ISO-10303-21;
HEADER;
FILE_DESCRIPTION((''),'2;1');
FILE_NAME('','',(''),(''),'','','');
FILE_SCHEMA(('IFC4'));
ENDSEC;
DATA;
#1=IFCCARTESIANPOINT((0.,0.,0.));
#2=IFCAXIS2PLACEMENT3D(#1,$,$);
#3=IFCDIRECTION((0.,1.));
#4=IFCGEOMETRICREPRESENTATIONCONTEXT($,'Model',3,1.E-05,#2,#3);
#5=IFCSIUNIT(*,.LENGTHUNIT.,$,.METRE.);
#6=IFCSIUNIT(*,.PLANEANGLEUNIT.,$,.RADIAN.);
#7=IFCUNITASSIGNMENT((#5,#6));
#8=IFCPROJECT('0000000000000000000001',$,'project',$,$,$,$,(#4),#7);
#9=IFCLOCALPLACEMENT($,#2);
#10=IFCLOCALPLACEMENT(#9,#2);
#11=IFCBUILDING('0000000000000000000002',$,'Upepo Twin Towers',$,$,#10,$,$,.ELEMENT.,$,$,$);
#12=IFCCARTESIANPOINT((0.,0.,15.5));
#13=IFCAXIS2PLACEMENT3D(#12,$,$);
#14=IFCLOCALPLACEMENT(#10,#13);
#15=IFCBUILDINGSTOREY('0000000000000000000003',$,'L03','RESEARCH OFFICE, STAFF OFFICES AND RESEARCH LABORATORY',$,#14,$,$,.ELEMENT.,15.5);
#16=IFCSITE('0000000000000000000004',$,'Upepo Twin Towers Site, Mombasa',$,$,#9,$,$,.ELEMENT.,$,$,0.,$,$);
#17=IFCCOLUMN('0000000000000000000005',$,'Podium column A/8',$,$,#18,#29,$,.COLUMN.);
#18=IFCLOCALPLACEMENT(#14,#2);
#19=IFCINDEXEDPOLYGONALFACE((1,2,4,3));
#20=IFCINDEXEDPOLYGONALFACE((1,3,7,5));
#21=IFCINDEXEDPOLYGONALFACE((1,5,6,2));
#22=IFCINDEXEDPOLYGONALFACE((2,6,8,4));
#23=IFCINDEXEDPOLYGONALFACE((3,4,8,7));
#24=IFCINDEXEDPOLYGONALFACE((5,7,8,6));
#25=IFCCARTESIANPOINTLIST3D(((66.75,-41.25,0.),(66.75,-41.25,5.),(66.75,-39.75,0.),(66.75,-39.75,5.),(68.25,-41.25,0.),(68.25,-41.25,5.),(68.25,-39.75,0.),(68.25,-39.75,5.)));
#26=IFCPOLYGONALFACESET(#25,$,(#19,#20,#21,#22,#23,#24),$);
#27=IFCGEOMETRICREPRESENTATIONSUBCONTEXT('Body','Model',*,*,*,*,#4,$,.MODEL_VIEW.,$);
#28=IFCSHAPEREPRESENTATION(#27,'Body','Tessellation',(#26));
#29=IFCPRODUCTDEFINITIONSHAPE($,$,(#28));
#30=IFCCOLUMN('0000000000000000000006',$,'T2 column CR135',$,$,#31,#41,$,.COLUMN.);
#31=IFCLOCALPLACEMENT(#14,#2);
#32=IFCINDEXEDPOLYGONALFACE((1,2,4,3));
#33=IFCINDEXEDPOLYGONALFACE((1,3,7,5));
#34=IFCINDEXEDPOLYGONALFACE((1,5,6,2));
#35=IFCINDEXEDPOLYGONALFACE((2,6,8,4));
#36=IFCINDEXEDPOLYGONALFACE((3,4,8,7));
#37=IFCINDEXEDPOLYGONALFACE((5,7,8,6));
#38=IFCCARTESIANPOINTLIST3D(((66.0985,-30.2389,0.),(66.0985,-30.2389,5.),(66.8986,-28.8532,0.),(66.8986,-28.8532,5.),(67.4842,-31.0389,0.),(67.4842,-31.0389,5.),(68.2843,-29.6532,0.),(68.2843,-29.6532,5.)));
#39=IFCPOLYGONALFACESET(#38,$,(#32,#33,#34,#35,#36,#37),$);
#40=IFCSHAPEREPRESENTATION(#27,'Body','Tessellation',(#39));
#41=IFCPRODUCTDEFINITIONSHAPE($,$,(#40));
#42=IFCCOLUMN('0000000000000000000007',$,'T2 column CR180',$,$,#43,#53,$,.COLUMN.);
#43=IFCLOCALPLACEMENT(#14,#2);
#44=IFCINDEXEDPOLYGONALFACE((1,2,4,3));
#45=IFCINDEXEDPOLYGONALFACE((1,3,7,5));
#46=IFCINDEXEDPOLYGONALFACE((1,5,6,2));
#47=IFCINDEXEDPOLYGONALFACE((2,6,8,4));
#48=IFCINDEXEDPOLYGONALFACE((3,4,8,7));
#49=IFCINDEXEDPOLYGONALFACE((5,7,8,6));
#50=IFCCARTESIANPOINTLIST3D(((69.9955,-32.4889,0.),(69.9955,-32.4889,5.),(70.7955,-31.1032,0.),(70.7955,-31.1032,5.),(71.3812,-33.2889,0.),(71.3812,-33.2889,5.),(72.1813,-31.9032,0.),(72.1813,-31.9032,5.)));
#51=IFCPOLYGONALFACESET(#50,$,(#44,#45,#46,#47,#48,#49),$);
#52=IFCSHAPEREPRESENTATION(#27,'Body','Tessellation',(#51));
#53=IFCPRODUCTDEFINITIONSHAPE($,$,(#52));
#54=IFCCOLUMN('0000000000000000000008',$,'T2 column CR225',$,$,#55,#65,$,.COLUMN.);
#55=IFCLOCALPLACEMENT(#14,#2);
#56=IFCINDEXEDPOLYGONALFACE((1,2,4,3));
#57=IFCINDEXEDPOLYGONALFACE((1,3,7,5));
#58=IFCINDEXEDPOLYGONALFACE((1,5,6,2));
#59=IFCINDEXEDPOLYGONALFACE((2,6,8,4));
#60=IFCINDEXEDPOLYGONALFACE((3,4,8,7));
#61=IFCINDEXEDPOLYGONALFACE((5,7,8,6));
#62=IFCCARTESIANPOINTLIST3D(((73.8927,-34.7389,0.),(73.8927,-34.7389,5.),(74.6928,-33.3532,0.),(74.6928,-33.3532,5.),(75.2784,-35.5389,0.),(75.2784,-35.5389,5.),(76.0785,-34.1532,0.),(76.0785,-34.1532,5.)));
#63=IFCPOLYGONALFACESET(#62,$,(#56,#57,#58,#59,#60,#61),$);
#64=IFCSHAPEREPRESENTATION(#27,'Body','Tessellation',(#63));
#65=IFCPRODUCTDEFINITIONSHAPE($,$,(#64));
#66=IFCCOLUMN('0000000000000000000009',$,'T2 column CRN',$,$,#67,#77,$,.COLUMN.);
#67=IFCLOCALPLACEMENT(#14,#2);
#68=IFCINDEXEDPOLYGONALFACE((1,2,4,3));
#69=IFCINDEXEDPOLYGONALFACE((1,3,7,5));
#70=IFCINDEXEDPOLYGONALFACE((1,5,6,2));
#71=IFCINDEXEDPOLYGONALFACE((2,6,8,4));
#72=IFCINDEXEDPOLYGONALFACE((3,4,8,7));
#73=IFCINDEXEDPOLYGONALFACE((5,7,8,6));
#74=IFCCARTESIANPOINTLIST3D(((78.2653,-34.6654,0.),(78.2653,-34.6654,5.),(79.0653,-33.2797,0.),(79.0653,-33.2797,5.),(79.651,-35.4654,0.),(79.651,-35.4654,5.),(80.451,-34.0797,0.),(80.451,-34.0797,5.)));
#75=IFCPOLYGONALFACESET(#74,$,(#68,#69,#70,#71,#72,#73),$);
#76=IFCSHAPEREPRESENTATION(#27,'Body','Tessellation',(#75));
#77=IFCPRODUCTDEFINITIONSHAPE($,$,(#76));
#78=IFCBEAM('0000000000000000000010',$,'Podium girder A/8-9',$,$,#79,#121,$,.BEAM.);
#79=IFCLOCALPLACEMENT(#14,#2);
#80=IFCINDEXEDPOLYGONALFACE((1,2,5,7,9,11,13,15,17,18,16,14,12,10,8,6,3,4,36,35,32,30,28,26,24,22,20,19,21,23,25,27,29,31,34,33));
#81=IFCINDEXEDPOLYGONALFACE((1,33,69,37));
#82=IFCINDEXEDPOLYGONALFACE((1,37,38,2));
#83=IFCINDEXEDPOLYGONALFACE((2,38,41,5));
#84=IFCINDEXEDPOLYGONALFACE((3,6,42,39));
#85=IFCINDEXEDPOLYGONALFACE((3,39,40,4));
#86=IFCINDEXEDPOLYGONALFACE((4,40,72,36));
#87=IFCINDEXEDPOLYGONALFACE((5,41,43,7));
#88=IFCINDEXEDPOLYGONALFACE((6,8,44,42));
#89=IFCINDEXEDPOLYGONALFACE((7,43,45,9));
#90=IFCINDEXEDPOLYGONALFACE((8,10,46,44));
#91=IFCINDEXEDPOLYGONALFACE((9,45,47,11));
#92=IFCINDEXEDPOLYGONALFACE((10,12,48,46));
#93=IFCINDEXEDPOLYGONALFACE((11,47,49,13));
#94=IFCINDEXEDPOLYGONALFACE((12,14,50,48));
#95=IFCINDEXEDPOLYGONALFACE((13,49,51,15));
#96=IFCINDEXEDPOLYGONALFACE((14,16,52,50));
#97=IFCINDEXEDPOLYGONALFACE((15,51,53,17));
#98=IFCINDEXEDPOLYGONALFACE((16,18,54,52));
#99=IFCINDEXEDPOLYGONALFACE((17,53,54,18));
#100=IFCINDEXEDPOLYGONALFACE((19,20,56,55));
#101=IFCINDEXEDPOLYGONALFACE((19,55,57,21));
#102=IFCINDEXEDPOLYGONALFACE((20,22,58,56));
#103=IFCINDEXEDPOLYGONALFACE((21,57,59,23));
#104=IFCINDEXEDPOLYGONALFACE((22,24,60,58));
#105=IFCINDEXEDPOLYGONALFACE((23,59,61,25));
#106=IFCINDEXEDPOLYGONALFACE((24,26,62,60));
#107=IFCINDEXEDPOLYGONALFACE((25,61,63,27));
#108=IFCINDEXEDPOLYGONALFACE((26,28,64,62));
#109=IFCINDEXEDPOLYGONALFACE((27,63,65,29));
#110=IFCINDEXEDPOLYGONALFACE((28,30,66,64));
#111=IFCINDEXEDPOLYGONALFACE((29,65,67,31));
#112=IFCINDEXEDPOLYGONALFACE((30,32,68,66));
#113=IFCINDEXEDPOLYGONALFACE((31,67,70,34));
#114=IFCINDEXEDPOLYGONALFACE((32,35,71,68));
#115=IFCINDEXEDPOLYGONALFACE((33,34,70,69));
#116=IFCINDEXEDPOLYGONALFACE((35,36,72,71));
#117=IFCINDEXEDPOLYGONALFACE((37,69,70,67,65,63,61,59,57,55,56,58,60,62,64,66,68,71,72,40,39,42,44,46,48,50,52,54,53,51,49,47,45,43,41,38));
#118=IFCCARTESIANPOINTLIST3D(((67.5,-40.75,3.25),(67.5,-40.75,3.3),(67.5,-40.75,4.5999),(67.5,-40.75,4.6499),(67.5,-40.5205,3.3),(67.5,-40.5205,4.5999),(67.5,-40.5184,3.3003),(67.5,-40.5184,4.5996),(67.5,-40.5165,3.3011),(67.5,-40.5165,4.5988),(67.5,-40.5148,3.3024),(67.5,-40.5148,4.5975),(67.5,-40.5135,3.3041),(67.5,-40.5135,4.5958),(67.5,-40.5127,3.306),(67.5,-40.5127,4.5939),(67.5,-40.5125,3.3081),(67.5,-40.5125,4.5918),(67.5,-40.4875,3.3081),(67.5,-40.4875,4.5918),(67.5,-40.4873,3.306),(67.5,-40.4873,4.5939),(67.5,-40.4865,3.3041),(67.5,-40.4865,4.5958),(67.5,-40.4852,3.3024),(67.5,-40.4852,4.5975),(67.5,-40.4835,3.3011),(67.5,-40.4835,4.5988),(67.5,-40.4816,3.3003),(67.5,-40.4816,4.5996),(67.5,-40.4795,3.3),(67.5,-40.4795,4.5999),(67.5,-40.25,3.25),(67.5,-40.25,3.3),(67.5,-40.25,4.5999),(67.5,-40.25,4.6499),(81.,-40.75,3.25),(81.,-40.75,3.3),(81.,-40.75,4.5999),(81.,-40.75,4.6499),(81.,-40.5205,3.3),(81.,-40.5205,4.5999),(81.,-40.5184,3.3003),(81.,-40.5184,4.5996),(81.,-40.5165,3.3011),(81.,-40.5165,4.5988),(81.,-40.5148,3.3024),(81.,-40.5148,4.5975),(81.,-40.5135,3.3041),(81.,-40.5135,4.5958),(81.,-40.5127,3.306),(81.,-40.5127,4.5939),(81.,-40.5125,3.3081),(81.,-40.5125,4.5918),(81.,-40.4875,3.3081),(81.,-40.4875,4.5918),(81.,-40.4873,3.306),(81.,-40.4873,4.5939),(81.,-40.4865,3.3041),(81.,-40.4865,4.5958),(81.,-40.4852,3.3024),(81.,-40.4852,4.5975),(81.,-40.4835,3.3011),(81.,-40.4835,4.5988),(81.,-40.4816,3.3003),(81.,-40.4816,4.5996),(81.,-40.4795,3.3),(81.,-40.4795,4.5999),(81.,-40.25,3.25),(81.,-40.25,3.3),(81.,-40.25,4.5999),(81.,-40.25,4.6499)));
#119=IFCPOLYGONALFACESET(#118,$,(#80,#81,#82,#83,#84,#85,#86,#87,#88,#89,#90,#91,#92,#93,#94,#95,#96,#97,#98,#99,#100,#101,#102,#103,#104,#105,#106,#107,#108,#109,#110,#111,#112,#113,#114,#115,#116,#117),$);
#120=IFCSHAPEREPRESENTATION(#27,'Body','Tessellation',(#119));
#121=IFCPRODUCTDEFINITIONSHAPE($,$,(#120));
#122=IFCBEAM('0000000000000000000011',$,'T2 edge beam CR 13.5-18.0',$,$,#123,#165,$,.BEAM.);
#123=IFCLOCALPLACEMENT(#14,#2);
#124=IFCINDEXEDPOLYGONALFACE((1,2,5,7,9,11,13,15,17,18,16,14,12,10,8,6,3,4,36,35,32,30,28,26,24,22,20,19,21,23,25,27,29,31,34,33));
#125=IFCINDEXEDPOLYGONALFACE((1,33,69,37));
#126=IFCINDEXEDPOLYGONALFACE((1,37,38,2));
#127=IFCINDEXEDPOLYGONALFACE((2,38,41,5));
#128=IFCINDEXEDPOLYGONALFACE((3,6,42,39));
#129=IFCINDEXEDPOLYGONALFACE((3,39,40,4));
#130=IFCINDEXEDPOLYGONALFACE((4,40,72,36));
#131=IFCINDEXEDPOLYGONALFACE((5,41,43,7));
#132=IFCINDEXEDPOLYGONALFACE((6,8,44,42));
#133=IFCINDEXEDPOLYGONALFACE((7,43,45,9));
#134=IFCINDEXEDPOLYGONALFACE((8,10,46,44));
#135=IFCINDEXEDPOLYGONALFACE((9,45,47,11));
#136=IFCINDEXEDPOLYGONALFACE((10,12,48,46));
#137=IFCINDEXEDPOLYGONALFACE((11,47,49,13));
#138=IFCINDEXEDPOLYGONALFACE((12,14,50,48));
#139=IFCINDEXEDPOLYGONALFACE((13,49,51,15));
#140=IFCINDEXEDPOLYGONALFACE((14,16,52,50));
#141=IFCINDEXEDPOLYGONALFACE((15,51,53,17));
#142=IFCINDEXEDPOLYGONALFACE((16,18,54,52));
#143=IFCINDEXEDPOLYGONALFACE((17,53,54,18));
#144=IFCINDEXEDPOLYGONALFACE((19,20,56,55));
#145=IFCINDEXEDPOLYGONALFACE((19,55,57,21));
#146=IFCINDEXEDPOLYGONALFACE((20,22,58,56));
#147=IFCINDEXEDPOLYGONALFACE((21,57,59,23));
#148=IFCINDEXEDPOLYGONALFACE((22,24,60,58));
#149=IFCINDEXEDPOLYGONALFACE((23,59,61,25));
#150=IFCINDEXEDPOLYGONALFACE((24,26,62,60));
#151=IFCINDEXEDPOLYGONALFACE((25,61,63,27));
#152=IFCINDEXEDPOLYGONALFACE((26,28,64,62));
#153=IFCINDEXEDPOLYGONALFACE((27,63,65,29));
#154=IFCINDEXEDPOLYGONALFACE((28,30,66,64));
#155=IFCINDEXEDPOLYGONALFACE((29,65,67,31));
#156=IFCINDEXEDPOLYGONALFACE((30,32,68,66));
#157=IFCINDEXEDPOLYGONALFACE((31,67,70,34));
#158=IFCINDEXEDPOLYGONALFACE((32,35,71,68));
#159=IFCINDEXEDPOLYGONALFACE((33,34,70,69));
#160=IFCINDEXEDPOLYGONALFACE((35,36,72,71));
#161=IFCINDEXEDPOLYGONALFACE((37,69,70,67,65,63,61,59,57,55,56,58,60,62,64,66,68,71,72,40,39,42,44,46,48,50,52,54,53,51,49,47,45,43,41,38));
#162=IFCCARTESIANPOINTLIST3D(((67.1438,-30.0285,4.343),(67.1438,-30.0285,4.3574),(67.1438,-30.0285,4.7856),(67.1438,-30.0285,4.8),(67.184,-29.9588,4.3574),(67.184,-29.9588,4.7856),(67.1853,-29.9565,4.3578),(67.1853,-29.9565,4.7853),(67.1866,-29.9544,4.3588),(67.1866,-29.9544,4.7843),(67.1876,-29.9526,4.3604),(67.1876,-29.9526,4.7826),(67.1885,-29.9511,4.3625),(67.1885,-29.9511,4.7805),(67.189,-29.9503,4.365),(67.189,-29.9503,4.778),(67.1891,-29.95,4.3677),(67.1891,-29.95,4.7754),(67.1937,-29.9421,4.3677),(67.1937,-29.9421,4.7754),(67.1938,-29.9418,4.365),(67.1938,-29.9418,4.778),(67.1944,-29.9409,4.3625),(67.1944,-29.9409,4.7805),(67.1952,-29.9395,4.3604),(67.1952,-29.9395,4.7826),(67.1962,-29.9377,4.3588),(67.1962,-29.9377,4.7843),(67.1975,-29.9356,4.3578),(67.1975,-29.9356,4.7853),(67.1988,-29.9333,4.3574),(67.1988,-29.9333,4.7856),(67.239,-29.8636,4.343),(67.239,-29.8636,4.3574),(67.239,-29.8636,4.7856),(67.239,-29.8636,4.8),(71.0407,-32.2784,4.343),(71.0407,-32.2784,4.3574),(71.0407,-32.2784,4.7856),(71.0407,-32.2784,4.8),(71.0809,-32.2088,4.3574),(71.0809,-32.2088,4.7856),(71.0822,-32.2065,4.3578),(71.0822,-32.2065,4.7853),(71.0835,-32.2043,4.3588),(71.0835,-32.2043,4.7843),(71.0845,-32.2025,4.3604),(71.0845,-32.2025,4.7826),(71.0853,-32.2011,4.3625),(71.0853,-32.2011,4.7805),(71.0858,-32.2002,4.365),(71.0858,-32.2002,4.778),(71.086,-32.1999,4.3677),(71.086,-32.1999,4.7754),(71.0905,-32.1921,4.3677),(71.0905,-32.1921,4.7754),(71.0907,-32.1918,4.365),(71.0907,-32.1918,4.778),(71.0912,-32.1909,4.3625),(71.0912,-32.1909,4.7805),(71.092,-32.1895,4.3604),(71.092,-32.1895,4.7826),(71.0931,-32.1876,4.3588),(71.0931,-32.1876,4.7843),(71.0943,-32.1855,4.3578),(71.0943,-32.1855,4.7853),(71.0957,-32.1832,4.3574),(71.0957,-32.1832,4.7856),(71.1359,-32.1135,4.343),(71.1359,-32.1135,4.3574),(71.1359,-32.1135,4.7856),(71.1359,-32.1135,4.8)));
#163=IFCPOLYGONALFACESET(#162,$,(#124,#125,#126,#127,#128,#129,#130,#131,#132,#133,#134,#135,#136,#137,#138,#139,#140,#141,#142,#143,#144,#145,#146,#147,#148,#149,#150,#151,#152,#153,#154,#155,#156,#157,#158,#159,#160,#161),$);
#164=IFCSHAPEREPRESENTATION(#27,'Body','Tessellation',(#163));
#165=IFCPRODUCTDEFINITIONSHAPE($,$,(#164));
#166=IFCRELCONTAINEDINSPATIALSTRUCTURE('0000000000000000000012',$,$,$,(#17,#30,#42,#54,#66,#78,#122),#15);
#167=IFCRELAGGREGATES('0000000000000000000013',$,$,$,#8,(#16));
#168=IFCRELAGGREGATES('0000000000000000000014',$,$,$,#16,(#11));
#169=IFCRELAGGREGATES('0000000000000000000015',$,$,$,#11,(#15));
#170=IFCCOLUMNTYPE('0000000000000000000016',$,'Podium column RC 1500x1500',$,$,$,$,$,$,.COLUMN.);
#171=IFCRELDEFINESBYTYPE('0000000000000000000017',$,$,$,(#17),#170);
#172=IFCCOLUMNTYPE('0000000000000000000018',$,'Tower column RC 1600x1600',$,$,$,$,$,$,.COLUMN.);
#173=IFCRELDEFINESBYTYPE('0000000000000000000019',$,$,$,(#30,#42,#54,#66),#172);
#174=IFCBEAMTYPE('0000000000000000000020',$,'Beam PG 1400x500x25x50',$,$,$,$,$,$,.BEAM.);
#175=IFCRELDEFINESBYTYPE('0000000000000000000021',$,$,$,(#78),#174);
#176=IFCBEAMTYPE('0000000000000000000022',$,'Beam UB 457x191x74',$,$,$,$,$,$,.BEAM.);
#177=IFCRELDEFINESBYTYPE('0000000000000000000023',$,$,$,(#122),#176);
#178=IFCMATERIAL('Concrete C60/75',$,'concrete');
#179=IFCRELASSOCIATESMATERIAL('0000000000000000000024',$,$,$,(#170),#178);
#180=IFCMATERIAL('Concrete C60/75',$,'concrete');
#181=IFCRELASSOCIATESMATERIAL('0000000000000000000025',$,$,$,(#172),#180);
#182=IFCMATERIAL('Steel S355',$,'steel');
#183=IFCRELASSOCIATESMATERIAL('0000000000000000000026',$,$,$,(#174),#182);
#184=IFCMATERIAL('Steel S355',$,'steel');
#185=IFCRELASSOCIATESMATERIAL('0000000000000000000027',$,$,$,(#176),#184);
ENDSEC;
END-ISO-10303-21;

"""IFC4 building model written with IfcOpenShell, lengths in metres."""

from ifc_helpers import new_model, si_unit, direction, frame, origin, origin_2d, place, context, subcontext, project, spatial, rectangle, i_section, extrude, material, material_profile, profile_set, type_object, element, save


model = new_model("IFC4")

# Units and contexts
model_context = context("Model", 3, precision=1e-05, world=origin(), true_north=direction((0.0, 1.0)))
body_context = subcontext(model_context, "Body", "Model", "MODEL_VIEW")
ifc_project = project(units=[si_unit("LENGTHUNIT", "METRE"), si_unit("PLANEANGLEUNIT", "RADIAN")], contexts=[model_context])

# Site, building, storey
site_placement = place(None, origin())
site = spatial("IfcSite", under=ifc_project, at=site_placement, Name="Upepo Twin Towers Site, Mombasa", CompositionType="ELEMENT", RefElevation=0.0)
building_placement = place(site_placement, origin())
building = spatial("IfcBuilding", under=site, at=building_placement, Name="Upepo Twin Towers", CompositionType="ELEMENT")
storey_placement = place(building_placement, frame((0.0, 0.0, 15.5)))
storey = spatial("IfcBuildingStorey", under=building, at=storey_placement, Name="L03", Description="RESEARCH OFFICE, STAFF OFFICES AND RESEARCH LABORATORY", CompositionType="ELEMENT", Elevation=15.5)

# Columns
ifc_material_1 = material(Name="Concrete C60/75", Category="concrete")
ifc_material_profile_1 = material_profile(ifc_material_1, rectangle(XDim=1.5, YDim=1.5, at=origin_2d()), Name="RC 1500x1500")
ifc_profile_set_1 = profile_set([ifc_material_profile_1], Name="Concrete C60/75")
column_type_1 = type_object("IfcColumnType", Name="Podium column RC 1500x1500", PredefinedType="COLUMN", material=ifc_profile_set_1)
column_placement = place(storey_placement, frame((67.5, -40.5, 0.0), z_axis=(0.0, 0.0, 1.0), x_axis=(1.0, 0.0, 0.0)))
element("IfcColumn", 1, at=column_placement, inside=storey, type_object=column_type_1, Name="Podium column A/8", PredefinedType="COLUMN", context=body_context, shape_type="SweptSolid", body=[
    extrude(rectangle(XDim=1.5, YDim=1.5, at=origin_2d()), origin(), (0.0, 0.0, 1.0), 5.0),
])
ifc_material_2 = material(Name="Concrete C60/75", Category="concrete")
ifc_material_profile_2 = material_profile(ifc_material_2, rectangle(XDim=1.6001, YDim=1.6001, at=origin_2d()), Name="RC 1600x1600")
ifc_profile_set_2 = profile_set([ifc_material_profile_2], Name="Concrete C60/75")
column_type_2 = type_object("IfcColumnType", Name="Tower column RC 1600x1600", PredefinedType="COLUMN", material=ifc_profile_set_2)
for number, where, z_axis, x_axis, name in (
    (2, (67.1914, -29.946, 0.0), (0.0, 0.0, 1.0), (0.5, 0.866025, 0.0), "T2 column CR135"),
    (3, (71.0884, -32.196, 0.0), (0.0, 0.0, 1.0), (0.5, 0.866025, 0.0), "T2 column CR180"),
    (4, (74.9856, -34.446, 0.0), (0.0, 0.0, 1.0), (0.5, 0.866025, 0.0), "T2 column CR225"),
    (5, (79.3582, -34.3726, 0.0), (0.0, 0.0, 1.0), (0.5, 0.866025, 0.0), "T2 column CRN"),
):
    element("IfcColumn", number, at=place(storey_placement, frame(where, z_axis=z_axis, x_axis=x_axis)), inside=storey, type_object=column_type_2, Name=name, PredefinedType="COLUMN", context=body_context, shape_type="SweptSolid", body=[
        extrude(rectangle(XDim=1.6001, YDim=1.6001, at=origin_2d()), origin(), (0.0, 0.0, 1.0), 5.0),
    ])

# Beams
ifc_material_3 = material(Name="Steel S355", Category="steel")
ifc_material_profile_3 = material_profile(ifc_material_3, i_section(OverallWidth=0.5, OverallDepth=1.3999, WebThickness=0.0249, FlangeThickness=0.05, FilletRadius=0.0081, at=origin_2d()), Name="PG 1400x500x25x50")
ifc_profile_set_3 = profile_set([ifc_material_profile_3], Name="Steel S355")
beam_type_1 = type_object("IfcBeamType", Name="Beam PG 1400x500x25x50", PredefinedType="BEAM", material=ifc_profile_set_3)
beam_1_placement = place(storey_placement, frame((67.5, -40.5, 3.95), z_axis=(1.0, 0.0, 0.0), x_axis=(0.0, 1.0, 0.0)))
element("IfcBeam", 6, at=beam_1_placement, inside=storey, type_object=beam_type_1, Name="Podium girder A/8-9", PredefinedType="BEAM", context=body_context, shape_type="SweptSolid", body=[
    extrude(i_section(OverallWidth=0.5, OverallDepth=1.3999, WebThickness=0.0249, FlangeThickness=0.05, FilletRadius=0.0081, at=origin_2d()), origin(), (0.0, 0.0, 1.0), 13.5),
])
ifc_material_4 = material(Name="Steel S355", Category="steel")
ifc_material_profile_4 = material_profile(ifc_material_4, i_section(OverallWidth=0.1904, OverallDepth=0.457, WebThickness=0.009, FlangeThickness=0.0144, FilletRadius=0.0103, at=origin_2d()), Name="UB 457x191x74")
ifc_profile_set_4 = profile_set([ifc_material_profile_4], Name="Steel S355")
beam_type_2 = type_object("IfcBeamType", Name="Beam UB 457x191x74", PredefinedType="BEAM", material=ifc_profile_set_4)
beam_2_placement = place(storey_placement, frame((67.1914, -29.946, 4.5715), z_axis=(0.866018, -0.500014, 0.0), x_axis=(0.500014, 0.866018, 0.0)))
element("IfcBeam", 7, at=beam_2_placement, inside=storey, type_object=beam_type_2, Name="T2 edge beam CR 13.5-18.0", PredefinedType="BEAM", context=body_context, shape_type="SweptSolid", body=[
    extrude(i_section(OverallWidth=0.1904, OverallDepth=0.457, WebThickness=0.009, FlangeThickness=0.0144, FilletRadius=0.0103, at=origin_2d()), origin(), (0.0, 0.0, 1.0), 4.4998),
])

save(model, "model.ifc")
